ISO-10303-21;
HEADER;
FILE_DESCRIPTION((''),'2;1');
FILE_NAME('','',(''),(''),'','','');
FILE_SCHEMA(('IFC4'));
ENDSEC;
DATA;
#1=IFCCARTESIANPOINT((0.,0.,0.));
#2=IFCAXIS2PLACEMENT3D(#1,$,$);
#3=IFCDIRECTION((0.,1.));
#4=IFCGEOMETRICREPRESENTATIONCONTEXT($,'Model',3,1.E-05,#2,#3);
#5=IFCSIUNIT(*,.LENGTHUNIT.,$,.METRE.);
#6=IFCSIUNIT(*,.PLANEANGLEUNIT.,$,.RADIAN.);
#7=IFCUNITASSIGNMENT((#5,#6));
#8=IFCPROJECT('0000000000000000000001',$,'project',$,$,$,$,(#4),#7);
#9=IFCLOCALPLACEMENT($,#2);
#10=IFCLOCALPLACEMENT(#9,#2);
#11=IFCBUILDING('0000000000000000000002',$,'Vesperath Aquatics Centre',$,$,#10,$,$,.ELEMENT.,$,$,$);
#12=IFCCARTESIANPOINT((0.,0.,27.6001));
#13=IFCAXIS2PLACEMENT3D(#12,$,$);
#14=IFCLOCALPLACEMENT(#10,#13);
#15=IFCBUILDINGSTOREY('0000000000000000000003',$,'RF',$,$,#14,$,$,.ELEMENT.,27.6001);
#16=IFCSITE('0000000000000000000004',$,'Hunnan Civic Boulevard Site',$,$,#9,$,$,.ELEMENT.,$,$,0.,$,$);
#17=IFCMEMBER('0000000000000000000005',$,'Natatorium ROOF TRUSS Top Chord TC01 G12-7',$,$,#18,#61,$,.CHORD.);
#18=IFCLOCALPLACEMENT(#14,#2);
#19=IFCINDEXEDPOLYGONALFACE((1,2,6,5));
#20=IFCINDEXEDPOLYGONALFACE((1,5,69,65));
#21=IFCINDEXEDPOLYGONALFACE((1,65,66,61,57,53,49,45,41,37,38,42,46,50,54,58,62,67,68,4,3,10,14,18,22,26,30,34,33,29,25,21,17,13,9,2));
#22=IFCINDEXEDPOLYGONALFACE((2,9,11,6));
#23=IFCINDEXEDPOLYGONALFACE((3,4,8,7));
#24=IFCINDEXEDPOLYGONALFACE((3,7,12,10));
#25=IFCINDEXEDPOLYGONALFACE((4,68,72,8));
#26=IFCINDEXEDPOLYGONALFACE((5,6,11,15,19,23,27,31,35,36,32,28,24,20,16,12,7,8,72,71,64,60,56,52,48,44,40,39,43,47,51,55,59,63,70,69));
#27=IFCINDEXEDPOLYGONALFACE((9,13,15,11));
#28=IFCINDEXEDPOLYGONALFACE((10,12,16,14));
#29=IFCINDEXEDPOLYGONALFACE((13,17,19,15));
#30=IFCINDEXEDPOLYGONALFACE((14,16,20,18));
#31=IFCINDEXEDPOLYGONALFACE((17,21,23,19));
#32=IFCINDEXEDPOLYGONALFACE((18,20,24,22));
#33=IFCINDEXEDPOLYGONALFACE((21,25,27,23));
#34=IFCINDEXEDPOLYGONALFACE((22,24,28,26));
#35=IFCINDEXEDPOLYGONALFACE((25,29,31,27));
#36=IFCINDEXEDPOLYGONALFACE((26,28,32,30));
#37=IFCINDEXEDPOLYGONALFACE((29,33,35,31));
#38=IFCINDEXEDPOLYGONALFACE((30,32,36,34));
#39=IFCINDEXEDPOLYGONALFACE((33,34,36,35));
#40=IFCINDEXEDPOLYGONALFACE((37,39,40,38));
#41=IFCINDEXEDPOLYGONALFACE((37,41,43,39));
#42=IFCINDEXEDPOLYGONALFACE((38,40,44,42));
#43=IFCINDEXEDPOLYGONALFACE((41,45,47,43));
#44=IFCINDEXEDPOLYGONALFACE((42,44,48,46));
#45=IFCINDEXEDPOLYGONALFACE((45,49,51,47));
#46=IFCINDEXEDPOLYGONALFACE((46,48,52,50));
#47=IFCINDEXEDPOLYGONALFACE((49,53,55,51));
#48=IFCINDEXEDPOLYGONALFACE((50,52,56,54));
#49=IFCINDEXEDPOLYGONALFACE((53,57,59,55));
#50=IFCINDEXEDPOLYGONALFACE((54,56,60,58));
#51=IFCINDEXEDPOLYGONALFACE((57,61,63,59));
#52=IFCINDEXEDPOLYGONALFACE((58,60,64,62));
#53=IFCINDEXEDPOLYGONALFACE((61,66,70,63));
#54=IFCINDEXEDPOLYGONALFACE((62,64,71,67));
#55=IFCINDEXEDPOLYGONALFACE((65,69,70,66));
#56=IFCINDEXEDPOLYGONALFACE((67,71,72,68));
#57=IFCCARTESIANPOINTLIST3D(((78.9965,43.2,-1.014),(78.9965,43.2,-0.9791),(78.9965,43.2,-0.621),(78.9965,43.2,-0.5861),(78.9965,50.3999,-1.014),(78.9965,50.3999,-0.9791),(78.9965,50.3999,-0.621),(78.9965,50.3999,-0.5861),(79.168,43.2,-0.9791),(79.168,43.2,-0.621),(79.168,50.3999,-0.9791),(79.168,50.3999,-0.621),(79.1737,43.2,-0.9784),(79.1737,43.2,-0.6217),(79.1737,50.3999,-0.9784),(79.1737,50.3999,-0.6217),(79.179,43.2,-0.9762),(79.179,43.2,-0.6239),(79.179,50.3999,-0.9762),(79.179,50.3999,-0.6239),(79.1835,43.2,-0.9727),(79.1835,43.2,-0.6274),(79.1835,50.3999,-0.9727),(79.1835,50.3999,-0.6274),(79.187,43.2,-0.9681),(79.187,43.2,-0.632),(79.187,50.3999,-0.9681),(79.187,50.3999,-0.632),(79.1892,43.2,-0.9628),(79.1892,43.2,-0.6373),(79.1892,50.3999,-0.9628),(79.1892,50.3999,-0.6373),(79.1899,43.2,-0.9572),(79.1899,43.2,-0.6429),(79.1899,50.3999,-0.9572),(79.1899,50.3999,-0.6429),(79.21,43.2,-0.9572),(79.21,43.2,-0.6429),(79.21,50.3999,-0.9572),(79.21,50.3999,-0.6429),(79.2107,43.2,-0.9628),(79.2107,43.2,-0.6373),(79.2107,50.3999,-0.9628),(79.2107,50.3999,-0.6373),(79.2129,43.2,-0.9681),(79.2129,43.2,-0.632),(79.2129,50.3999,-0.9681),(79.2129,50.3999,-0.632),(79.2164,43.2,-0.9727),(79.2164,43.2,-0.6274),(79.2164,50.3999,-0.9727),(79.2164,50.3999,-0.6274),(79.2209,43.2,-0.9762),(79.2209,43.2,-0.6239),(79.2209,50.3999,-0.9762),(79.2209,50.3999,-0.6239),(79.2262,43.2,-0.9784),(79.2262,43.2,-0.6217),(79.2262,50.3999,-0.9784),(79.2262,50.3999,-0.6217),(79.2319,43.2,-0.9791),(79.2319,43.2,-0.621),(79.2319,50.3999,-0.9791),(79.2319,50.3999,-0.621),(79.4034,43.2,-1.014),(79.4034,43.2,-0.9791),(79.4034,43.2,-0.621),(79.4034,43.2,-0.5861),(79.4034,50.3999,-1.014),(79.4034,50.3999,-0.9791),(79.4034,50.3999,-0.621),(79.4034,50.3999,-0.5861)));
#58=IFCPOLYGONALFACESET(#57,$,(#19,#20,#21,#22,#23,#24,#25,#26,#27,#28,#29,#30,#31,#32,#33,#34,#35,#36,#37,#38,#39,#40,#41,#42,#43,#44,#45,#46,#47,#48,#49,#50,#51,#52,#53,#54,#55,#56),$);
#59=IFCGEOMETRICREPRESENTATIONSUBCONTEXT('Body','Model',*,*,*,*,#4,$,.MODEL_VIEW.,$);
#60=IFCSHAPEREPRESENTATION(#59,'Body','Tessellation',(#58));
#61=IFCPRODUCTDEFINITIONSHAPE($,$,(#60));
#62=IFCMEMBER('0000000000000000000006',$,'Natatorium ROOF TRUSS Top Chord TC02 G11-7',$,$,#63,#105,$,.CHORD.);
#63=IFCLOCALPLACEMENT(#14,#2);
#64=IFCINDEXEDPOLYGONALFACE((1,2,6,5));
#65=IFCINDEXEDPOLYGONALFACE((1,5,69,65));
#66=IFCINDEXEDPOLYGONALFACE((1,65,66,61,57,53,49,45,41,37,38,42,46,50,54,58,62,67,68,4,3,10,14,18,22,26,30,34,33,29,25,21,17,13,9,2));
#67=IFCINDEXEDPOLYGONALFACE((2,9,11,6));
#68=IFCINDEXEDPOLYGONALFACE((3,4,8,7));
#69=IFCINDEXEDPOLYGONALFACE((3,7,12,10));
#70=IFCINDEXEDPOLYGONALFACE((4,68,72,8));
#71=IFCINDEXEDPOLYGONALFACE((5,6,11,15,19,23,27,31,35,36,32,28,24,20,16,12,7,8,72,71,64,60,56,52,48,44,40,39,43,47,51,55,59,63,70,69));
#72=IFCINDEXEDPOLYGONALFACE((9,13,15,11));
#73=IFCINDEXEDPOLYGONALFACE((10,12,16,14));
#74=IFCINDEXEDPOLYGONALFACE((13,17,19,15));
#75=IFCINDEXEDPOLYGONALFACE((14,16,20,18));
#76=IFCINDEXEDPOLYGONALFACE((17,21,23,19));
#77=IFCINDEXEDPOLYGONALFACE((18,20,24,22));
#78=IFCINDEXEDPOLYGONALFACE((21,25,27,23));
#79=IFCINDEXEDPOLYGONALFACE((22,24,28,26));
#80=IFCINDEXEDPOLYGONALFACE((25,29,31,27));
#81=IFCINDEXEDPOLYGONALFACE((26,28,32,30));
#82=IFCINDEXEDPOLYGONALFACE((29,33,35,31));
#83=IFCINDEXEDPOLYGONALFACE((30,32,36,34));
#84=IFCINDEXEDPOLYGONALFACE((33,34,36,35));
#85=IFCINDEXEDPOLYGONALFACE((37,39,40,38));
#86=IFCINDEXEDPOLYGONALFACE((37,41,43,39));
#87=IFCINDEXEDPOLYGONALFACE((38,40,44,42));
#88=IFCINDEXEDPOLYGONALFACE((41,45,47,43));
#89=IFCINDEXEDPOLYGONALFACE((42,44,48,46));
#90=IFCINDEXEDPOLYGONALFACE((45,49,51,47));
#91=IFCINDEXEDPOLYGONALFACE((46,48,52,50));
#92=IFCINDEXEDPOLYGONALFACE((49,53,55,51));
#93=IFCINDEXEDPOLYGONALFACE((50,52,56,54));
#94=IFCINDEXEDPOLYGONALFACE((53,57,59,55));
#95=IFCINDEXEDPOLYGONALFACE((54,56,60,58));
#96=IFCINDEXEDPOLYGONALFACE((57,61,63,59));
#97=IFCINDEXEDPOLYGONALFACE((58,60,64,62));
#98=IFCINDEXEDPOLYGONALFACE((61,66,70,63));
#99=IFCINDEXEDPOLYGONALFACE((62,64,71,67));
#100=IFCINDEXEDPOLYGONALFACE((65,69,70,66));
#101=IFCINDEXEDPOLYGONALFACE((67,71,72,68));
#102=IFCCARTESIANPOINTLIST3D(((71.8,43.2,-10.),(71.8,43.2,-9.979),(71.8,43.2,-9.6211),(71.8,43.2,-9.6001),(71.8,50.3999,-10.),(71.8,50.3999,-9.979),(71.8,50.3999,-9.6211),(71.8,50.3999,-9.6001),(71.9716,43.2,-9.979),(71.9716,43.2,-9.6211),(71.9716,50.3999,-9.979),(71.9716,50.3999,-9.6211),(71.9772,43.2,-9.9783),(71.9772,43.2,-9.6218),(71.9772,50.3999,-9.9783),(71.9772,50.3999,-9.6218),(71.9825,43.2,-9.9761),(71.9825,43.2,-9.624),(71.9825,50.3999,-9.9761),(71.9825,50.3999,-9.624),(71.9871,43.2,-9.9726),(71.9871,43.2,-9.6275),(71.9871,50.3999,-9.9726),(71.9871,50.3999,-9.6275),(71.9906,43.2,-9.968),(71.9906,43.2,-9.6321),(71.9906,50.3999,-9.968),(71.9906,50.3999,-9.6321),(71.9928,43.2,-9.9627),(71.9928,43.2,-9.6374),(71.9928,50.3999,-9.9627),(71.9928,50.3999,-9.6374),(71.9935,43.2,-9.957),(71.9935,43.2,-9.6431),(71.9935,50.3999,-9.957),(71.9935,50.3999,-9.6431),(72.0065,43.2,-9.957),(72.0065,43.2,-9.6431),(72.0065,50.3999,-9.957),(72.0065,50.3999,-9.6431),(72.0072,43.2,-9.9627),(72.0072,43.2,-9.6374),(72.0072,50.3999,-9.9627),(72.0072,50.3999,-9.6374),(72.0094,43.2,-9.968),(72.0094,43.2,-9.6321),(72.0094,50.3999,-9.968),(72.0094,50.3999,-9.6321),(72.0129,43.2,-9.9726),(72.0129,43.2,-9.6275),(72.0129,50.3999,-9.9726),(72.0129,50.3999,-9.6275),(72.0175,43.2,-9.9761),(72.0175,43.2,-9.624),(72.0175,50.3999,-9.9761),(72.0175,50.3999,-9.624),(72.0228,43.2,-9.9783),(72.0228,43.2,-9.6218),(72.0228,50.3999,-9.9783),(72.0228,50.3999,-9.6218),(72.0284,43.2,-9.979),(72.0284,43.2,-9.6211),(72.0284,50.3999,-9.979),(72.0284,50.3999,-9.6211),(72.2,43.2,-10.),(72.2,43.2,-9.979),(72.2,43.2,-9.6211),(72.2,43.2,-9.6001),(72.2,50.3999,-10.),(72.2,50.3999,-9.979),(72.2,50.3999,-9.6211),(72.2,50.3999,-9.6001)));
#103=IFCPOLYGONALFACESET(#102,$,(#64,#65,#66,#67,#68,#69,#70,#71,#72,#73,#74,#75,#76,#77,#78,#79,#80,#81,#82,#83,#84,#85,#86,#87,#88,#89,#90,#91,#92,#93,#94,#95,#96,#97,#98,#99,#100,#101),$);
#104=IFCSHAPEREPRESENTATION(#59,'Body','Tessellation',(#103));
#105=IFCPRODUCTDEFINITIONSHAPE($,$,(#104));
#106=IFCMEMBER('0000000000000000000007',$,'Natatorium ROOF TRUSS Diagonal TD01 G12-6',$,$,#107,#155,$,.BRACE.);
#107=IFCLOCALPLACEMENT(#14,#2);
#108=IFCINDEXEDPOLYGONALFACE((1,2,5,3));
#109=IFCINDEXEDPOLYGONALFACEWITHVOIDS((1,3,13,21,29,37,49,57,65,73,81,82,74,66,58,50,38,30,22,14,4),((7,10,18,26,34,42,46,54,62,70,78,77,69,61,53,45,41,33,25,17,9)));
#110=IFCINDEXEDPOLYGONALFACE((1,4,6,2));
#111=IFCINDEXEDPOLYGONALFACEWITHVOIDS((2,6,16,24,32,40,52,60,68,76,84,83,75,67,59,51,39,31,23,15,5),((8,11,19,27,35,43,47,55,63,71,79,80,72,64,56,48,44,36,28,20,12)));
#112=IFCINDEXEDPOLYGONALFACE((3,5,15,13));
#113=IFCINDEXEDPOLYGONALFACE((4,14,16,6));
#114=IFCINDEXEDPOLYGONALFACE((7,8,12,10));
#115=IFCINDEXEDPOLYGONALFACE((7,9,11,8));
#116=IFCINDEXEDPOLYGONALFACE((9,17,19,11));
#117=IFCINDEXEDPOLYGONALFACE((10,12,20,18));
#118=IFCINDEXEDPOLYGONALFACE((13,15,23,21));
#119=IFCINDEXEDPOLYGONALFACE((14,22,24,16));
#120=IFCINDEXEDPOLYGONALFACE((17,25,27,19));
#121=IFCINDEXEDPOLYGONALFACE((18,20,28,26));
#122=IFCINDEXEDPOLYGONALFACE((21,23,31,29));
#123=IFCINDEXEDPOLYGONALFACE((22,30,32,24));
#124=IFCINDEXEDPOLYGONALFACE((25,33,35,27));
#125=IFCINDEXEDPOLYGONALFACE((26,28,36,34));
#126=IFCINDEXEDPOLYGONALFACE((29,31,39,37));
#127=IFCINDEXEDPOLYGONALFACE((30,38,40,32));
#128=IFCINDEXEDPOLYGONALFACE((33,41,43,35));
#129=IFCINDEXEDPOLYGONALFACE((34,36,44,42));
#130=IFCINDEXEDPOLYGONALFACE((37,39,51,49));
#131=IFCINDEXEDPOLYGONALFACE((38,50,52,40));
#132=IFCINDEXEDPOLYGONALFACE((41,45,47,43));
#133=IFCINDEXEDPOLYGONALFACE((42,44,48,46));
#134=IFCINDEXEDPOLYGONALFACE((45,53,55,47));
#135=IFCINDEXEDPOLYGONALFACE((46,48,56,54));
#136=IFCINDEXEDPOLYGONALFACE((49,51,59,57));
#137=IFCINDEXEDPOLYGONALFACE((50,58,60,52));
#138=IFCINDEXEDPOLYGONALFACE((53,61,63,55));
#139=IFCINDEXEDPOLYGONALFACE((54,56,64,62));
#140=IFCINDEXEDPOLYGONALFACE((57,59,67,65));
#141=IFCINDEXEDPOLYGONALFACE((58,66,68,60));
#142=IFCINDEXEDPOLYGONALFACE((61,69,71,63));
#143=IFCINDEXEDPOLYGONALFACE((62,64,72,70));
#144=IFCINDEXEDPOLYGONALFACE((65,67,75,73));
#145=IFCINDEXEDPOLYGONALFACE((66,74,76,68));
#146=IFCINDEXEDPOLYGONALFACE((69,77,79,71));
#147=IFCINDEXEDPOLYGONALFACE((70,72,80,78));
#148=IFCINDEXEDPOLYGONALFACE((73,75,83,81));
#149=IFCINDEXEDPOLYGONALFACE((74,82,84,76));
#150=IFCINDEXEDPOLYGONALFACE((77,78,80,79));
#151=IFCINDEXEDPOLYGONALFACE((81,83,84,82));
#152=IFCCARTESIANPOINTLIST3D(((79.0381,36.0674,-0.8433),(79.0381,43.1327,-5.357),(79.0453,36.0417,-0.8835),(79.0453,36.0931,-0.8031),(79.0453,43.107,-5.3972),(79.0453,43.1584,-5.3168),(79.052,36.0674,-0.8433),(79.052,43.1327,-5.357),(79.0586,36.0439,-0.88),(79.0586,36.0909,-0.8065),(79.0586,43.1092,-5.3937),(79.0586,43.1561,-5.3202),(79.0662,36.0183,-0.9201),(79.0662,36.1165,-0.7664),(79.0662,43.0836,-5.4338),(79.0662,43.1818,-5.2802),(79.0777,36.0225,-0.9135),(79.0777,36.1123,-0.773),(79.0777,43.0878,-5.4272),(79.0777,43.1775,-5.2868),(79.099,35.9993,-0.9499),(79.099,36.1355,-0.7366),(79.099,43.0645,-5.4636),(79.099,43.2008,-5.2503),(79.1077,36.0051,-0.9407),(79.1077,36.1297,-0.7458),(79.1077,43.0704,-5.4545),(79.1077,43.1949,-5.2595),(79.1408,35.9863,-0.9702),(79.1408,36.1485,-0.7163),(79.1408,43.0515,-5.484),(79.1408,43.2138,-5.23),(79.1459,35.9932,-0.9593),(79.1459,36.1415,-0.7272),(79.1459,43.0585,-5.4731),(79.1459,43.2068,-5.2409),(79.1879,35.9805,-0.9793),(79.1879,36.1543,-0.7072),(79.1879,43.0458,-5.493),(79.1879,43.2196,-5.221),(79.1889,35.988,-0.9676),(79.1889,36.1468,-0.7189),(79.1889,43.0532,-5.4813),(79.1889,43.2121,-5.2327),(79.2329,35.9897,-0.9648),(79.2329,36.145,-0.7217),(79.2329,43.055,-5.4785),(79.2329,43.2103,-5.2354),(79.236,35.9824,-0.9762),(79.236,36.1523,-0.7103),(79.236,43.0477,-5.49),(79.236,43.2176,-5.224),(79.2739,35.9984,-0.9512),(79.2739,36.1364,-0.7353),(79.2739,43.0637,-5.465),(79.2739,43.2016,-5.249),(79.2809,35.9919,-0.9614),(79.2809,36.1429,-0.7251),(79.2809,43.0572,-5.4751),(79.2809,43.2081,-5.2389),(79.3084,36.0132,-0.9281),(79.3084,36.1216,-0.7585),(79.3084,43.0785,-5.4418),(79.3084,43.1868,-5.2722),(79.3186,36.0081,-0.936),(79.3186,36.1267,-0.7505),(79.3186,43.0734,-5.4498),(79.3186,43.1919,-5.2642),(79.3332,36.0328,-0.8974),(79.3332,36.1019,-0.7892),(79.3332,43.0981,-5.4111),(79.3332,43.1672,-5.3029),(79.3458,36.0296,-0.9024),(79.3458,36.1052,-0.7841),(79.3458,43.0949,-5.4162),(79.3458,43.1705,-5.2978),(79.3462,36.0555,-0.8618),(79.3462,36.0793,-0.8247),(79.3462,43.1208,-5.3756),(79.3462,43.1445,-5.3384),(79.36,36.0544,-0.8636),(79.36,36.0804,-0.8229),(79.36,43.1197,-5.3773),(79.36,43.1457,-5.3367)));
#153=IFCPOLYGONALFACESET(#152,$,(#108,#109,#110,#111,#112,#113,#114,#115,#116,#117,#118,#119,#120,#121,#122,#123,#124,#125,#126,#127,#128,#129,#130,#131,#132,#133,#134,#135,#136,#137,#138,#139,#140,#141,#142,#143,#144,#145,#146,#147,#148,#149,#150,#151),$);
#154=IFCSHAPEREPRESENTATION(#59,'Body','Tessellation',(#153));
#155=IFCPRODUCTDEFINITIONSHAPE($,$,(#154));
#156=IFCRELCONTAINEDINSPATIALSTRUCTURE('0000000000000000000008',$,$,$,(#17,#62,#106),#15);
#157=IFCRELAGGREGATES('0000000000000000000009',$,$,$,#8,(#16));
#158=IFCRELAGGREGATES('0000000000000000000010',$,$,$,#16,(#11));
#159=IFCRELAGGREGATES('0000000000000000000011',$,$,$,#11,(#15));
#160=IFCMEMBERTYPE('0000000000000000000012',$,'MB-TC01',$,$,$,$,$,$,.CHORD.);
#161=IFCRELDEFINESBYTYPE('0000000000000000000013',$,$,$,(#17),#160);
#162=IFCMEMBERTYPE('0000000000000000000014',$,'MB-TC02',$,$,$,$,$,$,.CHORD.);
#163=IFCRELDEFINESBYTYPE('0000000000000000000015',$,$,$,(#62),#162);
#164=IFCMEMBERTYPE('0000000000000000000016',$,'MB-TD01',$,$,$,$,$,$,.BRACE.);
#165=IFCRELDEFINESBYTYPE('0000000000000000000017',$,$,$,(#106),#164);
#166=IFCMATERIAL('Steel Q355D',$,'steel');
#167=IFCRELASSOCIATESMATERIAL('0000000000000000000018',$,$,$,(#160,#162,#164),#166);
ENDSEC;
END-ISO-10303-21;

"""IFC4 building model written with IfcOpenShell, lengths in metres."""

from ifc_helpers import new_model, si_unit, direction, frame, origin, origin_2d, place, context, subcontext, project, spatial, hollow_circle, i_section, extrude, material, material_profile, profile_set, type_object, element, save


model = new_model("IFC4")

# Units and contexts
model_context = context("Model", 3, precision=1e-05, world=origin(), true_north=direction((0.0, 1.0)))
body_context = subcontext(model_context, "Body", "Model", "MODEL_VIEW")
ifc_project = project(units=[si_unit("LENGTHUNIT", "METRE"), si_unit("PLANEANGLEUNIT", "RADIAN")], contexts=[model_context])

# Site, building, storey
site_placement = place(None, origin())
site = spatial("IfcSite", under=ifc_project, at=site_placement, Name="Hunnan Civic Boulevard Site", CompositionType="ELEMENT", RefElevation=0.0)
building_placement = place(site_placement, origin())
building = spatial("IfcBuilding", under=site, at=building_placement, Name="Vesperath Aquatics Centre", CompositionType="ELEMENT")
storey_placement = place(building_placement, frame((0.0, 0.0, 27.6001)))
storey = spatial("IfcBuildingStorey", under=building, at=storey_placement, Name="RF", CompositionType="ELEMENT", Elevation=27.6001)

# Members
ifc_material_1 = material(Name="Steel Q355D", Category="steel")
ifc_material_profile_1 = material_profile(ifc_material_1, i_section(OverallWidth=0.407, OverallDepth=0.428, WebThickness=0.02, FlangeThickness=0.0349, FilletRadius=0.022, at=origin_2d()), Name="HW 428x407x20x35")
ifc_profile_set_1 = profile_set([ifc_material_profile_1], Name="Steel Q355D")
member_type_1 = type_object("IfcMemberType", Name="MB-TC01", PredefinedType="CHORD", material=ifc_profile_set_1)
for number, where, z_axis, x_axis, name in (
    (1, (79.2, 43.2, -0.8), (0.0, 1.0, 0.0), (-1.0, 0.0, 0.0), "Natatorium ROOF TRUSS Top Chord TC01 G12-7"),
):
    element("IfcMember", number, at=place(storey_placement, frame(where, z_axis=z_axis, x_axis=x_axis)), inside=storey, type_object=member_type_1, Name=name, PredefinedType="CHORD", context=body_context, shape_type="SweptSolid", body=[
        extrude(i_section(OverallWidth=0.407, OverallDepth=0.428, WebThickness=0.02, FlangeThickness=0.0349, FilletRadius=0.022, at=origin_2d()), origin(), (0.0, 0.0, 1.0), 7.2),
    ])
ifc_material_profile_2 = material_profile(ifc_material_1, i_section(OverallWidth=0.3999, OverallDepth=0.3999, WebThickness=0.0129, FlangeThickness=0.021, FilletRadius=0.022, at=origin_2d()), Name="HW 400x400x13x21")
ifc_profile_set_2 = profile_set([ifc_material_profile_2], Name="Steel Q355D")
member_type_2 = type_object("IfcMemberType", Name="MB-TC02", PredefinedType="CHORD", material=ifc_profile_set_2)
member_1_placement = place(storey_placement, frame((72.0, 43.2, -9.8), z_axis=(0.0, 1.0, 0.0), x_axis=(-1.0, 0.0, 0.0)))
element("IfcMember", 2, at=member_1_placement, inside=storey, type_object=member_type_2, Name="Natatorium ROOF TRUSS Top Chord TC02 G11-7", PredefinedType="CHORD", context=body_context, shape_type="SweptSolid", body=[
    extrude(i_section(OverallWidth=0.3999, OverallDepth=0.3999, WebThickness=0.0129, FlangeThickness=0.021, FilletRadius=0.022, at=origin_2d()), origin(), (0.0, 0.0, 1.0), 7.2),
])
ifc_material_profile_3 = material_profile(ifc_material_1, hollow_circle(Radius=0.1619, WallThickness=0.0139, at=origin_2d()), Name="CHS 323.9x14")
ifc_profile_set_3 = profile_set([ifc_material_profile_3], Name="Steel Q355D")
member_type_3 = type_object("IfcMemberType", Name="MB-TD01", PredefinedType="BRACE", material=ifc_profile_set_3)
member_2_placement = place(storey_placement, frame((79.2, 36.0674, -0.8433), z_axis=(0.0, 0.842707, -0.538373), x_axis=(-1.0, 0.0, 0.0)))
element("IfcMember", 3, at=member_2_placement, inside=storey, type_object=member_type_3, Name="Natatorium ROOF TRUSS Diagonal TD01 G12-6", PredefinedType="BRACE", context=body_context, shape_type="SweptSolid", body=[
    extrude(hollow_circle(Radius=0.1619, WallThickness=0.0139, at=origin_2d()), origin(), (0.0, 0.0, 1.0), 8.384),
])

save(model, "model.ifc")
